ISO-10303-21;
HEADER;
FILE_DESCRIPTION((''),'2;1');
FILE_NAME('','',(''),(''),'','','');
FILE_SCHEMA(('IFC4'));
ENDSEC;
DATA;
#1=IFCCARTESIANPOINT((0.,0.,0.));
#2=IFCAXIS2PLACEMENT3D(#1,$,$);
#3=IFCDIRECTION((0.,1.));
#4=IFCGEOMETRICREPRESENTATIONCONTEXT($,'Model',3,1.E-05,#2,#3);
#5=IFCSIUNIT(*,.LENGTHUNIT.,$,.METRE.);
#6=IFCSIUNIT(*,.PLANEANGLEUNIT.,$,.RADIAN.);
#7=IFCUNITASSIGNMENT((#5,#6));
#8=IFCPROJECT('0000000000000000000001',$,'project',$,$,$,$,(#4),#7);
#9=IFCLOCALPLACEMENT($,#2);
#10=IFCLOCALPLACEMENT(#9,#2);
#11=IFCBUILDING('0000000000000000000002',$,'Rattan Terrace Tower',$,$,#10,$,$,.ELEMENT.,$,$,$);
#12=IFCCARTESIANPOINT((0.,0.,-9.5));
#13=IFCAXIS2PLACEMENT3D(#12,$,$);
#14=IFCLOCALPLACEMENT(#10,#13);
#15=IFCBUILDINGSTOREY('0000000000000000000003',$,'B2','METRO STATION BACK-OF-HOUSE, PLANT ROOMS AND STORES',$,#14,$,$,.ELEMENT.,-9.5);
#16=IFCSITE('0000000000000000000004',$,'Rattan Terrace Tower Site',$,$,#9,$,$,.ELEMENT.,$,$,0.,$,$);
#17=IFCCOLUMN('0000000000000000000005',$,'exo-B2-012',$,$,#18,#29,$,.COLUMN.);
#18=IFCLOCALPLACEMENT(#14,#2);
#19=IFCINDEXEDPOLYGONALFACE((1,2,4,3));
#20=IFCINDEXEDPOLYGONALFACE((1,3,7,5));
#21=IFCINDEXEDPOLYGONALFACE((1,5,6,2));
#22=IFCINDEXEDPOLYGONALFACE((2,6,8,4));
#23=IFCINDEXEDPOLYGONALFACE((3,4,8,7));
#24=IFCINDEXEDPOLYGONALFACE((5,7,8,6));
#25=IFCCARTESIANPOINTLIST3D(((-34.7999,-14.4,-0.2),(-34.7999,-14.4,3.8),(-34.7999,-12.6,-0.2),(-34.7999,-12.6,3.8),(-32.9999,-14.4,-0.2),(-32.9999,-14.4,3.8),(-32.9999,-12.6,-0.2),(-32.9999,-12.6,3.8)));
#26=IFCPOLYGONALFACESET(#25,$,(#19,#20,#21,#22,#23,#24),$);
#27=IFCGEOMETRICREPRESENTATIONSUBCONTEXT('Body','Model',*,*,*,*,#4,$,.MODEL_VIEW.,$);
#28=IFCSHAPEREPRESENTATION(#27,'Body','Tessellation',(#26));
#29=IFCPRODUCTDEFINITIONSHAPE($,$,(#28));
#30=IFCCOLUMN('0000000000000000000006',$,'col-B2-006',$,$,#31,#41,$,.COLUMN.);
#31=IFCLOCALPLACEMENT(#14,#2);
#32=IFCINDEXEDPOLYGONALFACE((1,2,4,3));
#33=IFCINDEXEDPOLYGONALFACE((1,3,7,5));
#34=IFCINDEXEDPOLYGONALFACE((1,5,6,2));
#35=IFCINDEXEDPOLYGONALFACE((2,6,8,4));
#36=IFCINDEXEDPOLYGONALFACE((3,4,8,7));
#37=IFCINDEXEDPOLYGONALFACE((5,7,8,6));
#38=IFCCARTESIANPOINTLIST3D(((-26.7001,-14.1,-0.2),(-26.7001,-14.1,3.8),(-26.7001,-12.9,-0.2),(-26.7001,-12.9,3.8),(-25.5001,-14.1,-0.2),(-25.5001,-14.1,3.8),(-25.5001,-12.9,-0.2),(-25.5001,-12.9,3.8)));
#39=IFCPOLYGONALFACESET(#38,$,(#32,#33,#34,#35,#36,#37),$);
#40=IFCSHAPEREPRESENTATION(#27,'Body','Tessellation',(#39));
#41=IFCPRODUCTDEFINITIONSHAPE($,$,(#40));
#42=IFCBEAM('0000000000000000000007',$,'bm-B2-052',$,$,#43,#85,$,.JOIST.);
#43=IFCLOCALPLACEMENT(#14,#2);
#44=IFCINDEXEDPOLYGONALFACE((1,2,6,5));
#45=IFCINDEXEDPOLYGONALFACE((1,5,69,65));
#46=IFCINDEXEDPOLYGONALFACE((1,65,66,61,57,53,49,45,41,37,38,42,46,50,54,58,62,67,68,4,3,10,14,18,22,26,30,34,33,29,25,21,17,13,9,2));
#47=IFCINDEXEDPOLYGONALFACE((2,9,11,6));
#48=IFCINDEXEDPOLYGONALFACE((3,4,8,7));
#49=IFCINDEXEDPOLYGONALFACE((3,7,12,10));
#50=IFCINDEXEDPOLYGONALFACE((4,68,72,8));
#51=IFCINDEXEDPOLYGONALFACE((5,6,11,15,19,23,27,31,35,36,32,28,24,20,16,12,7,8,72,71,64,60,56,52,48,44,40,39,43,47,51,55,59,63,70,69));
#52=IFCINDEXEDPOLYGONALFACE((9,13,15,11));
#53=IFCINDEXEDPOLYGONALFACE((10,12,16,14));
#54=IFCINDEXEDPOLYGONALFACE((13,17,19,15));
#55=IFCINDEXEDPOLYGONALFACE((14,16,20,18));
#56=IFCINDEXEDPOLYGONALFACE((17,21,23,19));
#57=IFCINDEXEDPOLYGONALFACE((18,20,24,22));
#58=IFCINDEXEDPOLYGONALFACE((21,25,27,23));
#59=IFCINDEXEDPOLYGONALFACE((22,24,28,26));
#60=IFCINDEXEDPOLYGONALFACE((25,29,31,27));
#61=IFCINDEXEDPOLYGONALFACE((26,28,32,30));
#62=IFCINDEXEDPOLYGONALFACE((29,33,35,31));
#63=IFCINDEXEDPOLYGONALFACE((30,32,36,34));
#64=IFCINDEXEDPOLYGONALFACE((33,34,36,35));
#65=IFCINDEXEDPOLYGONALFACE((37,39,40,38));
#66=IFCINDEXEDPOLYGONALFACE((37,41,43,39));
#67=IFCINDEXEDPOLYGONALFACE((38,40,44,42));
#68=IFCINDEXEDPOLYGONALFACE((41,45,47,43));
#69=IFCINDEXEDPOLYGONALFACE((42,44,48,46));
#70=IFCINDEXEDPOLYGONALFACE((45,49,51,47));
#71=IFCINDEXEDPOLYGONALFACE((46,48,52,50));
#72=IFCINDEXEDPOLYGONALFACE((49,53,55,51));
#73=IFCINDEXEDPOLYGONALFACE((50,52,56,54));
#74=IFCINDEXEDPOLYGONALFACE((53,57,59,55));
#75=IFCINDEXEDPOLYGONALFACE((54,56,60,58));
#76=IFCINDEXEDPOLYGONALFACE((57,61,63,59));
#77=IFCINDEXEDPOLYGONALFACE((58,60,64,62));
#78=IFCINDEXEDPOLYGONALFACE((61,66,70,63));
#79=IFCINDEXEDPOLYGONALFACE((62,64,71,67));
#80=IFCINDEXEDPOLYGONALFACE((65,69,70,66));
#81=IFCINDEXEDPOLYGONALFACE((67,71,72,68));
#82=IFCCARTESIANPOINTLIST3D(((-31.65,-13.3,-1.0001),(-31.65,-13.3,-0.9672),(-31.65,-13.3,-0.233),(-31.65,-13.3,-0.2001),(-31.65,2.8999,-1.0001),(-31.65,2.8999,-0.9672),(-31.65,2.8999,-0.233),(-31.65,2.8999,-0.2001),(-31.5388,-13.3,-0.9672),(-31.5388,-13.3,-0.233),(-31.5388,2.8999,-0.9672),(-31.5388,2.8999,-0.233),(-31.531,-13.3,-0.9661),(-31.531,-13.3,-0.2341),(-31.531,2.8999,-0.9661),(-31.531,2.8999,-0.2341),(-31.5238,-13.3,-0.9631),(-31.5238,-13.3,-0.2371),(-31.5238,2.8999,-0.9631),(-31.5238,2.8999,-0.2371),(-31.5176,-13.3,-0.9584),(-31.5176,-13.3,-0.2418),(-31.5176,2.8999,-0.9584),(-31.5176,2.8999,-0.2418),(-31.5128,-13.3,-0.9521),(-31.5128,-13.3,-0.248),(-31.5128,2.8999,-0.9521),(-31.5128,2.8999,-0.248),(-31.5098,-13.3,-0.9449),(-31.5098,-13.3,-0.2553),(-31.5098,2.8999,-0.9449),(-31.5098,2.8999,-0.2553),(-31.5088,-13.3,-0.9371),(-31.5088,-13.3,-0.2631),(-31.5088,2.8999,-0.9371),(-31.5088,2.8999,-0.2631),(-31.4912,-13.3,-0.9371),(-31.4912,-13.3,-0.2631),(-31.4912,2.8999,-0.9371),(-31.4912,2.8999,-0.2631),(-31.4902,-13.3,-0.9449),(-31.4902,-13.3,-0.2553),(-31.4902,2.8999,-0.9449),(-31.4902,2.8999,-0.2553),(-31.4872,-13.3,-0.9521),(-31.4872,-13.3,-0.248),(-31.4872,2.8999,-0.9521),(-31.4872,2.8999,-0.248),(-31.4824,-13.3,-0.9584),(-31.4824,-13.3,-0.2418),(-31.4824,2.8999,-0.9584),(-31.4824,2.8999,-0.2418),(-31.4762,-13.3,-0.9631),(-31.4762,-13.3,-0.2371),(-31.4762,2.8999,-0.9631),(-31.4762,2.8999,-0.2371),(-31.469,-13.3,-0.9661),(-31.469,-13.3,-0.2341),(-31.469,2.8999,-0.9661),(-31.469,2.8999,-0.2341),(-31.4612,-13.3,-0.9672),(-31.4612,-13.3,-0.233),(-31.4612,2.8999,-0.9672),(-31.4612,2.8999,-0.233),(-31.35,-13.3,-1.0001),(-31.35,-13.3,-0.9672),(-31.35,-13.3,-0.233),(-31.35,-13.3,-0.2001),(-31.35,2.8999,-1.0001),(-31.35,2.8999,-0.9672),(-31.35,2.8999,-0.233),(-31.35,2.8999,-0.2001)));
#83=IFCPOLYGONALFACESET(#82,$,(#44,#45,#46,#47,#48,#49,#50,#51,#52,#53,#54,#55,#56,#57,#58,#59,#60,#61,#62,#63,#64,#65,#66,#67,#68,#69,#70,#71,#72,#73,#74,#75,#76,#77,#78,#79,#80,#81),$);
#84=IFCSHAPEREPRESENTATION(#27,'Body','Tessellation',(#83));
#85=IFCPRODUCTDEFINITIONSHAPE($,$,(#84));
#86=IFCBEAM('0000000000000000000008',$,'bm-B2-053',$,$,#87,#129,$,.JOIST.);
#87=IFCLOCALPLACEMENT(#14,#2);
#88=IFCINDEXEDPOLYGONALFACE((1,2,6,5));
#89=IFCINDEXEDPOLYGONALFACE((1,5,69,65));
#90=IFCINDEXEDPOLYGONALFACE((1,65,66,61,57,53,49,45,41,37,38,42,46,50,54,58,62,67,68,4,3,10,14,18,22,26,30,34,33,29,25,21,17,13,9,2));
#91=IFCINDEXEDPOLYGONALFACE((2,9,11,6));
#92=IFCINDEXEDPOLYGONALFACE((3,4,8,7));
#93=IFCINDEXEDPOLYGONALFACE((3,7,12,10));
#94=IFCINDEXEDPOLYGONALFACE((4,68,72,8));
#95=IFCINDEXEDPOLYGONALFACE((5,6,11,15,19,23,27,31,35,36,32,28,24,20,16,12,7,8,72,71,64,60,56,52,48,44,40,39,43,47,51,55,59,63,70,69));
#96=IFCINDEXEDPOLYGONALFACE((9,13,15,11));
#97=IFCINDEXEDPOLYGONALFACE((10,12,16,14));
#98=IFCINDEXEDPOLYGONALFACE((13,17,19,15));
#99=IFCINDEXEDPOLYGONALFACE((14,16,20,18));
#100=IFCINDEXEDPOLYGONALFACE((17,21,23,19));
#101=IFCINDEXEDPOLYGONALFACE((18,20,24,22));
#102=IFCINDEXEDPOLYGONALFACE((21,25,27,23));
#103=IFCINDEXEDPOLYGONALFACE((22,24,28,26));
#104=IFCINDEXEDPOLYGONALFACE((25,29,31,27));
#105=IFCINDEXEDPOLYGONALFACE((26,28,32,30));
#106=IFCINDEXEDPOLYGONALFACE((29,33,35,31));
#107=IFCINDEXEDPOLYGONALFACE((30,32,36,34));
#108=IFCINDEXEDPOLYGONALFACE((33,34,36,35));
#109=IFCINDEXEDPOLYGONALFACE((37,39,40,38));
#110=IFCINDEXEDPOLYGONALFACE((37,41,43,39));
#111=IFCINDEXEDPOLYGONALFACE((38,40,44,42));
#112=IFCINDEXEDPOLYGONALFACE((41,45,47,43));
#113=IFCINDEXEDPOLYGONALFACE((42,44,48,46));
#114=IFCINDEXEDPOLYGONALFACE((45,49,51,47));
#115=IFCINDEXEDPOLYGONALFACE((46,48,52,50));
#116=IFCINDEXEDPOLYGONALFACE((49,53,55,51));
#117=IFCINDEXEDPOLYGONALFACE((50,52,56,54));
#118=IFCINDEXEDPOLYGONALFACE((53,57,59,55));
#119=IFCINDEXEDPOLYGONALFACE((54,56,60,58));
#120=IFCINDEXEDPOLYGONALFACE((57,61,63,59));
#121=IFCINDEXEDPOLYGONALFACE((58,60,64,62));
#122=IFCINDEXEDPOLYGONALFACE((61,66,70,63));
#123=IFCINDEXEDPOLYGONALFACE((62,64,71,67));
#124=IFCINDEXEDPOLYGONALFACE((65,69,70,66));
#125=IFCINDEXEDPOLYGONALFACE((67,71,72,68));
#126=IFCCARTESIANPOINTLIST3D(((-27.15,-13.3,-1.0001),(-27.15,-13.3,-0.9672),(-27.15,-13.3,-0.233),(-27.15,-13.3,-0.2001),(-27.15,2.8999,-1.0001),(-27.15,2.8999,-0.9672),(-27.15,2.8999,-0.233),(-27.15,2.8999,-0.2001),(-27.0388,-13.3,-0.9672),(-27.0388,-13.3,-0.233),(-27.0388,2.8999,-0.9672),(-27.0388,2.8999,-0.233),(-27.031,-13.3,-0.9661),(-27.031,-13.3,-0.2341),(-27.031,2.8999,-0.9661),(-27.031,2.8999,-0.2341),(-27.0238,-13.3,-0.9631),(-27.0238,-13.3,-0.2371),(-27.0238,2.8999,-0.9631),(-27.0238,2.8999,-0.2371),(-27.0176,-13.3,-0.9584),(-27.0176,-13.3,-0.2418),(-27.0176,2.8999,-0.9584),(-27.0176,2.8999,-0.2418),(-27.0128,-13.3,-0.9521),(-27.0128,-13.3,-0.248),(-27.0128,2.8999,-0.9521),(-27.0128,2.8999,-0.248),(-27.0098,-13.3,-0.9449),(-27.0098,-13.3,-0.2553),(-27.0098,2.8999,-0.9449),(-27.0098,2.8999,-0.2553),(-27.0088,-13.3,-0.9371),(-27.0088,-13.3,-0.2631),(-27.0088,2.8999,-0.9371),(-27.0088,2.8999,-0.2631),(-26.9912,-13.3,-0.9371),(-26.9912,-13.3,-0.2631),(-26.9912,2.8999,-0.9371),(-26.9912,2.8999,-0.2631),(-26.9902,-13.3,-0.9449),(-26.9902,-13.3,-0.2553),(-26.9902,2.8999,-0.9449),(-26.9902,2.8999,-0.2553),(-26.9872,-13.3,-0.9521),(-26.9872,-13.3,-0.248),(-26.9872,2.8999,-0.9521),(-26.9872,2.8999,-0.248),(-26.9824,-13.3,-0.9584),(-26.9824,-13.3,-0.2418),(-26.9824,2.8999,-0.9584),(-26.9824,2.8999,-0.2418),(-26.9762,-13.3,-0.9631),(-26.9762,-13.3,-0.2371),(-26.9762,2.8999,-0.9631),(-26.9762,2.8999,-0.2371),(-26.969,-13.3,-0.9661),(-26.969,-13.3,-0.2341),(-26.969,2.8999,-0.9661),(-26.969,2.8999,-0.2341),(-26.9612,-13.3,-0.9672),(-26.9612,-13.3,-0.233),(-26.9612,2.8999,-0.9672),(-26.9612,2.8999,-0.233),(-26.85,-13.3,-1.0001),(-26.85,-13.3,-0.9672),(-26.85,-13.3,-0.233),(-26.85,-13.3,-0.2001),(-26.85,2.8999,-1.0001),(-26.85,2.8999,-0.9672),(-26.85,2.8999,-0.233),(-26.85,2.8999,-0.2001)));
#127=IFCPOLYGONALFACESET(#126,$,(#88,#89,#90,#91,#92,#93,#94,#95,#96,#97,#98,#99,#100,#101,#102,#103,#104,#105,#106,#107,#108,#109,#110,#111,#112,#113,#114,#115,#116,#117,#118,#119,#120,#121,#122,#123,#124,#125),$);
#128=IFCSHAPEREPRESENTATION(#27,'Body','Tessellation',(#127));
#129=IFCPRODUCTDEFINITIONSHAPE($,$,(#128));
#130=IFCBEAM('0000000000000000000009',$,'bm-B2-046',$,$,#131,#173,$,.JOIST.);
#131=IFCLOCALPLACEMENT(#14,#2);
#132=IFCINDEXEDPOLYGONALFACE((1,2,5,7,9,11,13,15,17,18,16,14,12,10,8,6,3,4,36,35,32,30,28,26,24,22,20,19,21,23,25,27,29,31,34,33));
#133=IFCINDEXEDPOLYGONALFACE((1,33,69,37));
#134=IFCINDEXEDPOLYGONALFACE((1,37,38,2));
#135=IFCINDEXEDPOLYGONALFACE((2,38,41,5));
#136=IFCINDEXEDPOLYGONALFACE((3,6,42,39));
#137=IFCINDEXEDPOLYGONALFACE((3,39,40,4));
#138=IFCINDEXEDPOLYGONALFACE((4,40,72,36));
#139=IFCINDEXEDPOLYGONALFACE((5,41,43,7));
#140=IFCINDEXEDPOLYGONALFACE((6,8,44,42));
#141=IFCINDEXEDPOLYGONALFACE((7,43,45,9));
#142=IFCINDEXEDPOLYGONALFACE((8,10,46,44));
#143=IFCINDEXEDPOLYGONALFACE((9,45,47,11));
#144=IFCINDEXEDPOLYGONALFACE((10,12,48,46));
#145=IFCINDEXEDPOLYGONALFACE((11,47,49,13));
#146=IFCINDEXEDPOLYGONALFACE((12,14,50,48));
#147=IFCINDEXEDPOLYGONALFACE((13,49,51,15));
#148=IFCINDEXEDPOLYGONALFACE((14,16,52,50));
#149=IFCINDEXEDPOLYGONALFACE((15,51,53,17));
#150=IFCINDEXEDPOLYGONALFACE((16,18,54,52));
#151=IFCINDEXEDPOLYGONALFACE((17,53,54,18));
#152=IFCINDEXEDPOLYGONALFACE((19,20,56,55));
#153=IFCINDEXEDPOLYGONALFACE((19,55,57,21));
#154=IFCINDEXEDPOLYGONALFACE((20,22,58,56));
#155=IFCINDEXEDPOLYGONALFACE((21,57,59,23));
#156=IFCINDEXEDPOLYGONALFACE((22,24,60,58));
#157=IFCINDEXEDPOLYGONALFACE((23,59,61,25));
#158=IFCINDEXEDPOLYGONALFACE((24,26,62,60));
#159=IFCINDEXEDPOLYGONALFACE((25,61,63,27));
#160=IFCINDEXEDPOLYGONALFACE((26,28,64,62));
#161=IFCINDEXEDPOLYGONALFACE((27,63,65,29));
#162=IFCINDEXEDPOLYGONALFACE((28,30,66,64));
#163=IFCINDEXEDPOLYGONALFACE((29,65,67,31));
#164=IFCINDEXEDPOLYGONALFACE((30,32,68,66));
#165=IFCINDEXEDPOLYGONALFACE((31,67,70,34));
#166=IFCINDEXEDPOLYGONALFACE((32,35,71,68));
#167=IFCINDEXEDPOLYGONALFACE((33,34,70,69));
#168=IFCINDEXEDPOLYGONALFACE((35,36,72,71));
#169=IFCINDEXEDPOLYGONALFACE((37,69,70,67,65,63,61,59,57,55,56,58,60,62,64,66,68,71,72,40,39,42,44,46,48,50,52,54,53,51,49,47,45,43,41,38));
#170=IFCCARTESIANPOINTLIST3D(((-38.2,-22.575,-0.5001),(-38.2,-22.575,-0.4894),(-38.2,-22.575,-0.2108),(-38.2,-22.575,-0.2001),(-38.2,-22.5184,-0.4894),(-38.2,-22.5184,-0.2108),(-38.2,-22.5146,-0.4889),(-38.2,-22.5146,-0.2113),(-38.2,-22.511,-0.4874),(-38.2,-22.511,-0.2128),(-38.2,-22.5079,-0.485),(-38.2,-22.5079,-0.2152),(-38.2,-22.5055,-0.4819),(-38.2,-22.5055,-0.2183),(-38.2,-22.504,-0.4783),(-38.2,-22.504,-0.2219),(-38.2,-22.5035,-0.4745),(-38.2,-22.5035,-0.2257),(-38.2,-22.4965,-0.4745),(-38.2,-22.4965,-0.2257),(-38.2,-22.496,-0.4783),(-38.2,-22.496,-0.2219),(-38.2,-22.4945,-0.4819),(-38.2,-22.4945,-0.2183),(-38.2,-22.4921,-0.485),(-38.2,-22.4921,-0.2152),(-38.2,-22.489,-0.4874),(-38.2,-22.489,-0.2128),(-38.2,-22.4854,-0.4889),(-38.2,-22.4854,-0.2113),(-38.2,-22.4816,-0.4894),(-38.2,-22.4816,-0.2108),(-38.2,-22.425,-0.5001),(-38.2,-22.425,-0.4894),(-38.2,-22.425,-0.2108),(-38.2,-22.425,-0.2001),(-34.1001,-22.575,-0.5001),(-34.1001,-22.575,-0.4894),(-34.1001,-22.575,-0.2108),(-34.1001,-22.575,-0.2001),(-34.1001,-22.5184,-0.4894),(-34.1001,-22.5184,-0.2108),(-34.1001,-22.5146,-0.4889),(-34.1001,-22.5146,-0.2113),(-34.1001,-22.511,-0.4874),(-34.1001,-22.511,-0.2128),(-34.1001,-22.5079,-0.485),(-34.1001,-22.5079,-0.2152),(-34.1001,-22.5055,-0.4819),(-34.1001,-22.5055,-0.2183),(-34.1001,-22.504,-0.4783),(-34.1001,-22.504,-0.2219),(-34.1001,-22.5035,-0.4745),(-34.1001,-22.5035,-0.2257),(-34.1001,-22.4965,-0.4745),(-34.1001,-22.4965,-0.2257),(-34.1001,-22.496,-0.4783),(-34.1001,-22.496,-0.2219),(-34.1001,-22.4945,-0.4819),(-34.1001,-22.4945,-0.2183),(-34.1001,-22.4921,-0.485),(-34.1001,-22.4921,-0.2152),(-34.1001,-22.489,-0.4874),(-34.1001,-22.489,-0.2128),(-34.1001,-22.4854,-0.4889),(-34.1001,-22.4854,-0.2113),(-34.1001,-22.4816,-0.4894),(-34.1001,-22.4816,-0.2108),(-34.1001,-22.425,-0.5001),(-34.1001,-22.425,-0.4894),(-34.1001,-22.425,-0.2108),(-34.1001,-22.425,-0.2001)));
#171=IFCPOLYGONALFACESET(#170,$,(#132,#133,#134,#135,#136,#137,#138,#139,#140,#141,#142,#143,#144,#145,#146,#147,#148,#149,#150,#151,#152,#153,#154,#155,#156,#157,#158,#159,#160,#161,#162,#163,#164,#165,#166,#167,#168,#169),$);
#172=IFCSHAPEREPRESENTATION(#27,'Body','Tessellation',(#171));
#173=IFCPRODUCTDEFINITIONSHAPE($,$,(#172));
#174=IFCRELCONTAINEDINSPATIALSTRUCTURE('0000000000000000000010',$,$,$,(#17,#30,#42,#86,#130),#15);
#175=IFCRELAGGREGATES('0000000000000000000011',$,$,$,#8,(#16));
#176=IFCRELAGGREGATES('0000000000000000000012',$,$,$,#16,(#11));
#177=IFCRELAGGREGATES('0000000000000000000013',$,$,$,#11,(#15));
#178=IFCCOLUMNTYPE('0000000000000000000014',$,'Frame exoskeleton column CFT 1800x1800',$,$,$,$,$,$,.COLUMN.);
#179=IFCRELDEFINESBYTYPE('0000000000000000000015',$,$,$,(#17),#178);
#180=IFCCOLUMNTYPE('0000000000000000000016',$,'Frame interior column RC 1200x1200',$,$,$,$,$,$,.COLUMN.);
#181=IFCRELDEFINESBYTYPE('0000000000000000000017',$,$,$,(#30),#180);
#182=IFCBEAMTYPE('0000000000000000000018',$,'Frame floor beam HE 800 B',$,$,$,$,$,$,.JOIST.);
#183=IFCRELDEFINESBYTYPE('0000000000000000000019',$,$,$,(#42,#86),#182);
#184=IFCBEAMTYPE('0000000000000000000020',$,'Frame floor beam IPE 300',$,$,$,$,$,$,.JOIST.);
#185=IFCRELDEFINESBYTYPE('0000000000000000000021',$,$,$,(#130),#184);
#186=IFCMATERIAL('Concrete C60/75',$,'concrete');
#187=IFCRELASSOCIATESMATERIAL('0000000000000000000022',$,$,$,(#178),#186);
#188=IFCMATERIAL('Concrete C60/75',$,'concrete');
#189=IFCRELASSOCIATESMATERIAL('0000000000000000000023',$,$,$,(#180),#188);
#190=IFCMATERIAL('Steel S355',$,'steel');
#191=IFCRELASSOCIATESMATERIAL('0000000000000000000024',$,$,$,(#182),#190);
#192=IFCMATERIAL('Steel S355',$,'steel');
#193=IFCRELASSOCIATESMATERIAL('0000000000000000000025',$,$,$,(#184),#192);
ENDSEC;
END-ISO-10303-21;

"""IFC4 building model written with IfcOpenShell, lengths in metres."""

from ifc_helpers import new_model, si_unit, direction, frame, origin, origin_2d, place, context, subcontext, project, spatial, rectangle, i_section, extrude, material, material_profile, profile_set, type_object, element, save


model = new_model("IFC4")

# Units and contexts
model_context = context("Model", 3, precision=1e-05, world=origin(), true_north=direction((0.0, 1.0)))
body_context = subcontext(model_context, "Body", "Model", "MODEL_VIEW")
ifc_project = project(units=[si_unit("LENGTHUNIT", "METRE"), si_unit("PLANEANGLEUNIT", "RADIAN")], contexts=[model_context])

# Site, building, storey
site_placement = place(None, origin())
site = spatial("IfcSite", under=ifc_project, at=site_placement, Name="Rattan Terrace Tower Site", CompositionType="ELEMENT", RefElevation=0.0)
building_placement = place(site_placement, origin())
building = spatial("IfcBuilding", under=site, at=building_placement, Name="Rattan Terrace Tower", CompositionType="ELEMENT")
storey_placement = place(building_placement, frame((0.0, 0.0, -9.5)))
storey = spatial("IfcBuildingStorey", under=building, at=storey_placement, Name="B2", Description="METRO STATION BACK-OF-HOUSE, PLANT ROOMS AND STORES", CompositionType="ELEMENT", Elevation=-9.5)

# Columns
ifc_material_1 = material(Name="Concrete C60/75", Category="concrete")
ifc_material_profile_1 = material_profile(ifc_material_1, rectangle(XDim=1.8, YDim=1.8, at=origin_2d()), Name="CFT 1800x1800")
ifc_profile_set_1 = profile_set([ifc_material_profile_1], Name="Concrete C60/75")
column_type_1 = type_object("IfcColumnType", Name="Frame exoskeleton column CFT 1800x1800", PredefinedType="COLUMN", material=ifc_profile_set_1)
column_1_placement = place(storey_placement, frame((-33.8999, -13.5, -0.2), z_axis=(0.0, 0.0, 1.0), x_axis=(0.0, 1.0, 0.0)))
element("IfcColumn", 1, at=column_1_placement, inside=storey, type_object=column_type_1, Name="exo-B2-012", PredefinedType="COLUMN", context=body_context, shape_type="SweptSolid", body=[
    extrude(rectangle(XDim=1.8, YDim=1.8, at=origin_2d()), origin(), (0.0, 0.0, 1.0), 4.0),
])
ifc_material_2 = material(Name="Concrete C60/75", Category="concrete")
ifc_material_profile_2 = material_profile(ifc_material_2, rectangle(XDim=1.2, YDim=1.2, at=origin_2d()), Name="RC 1200x1200")
ifc_profile_set_2 = profile_set([ifc_material_profile_2], Name="Concrete C60/75")
column_type_2 = type_object("IfcColumnType", Name="Frame interior column RC 1200x1200", PredefinedType="COLUMN", material=ifc_profile_set_2)
column_2_placement = place(storey_placement, frame((-26.1001, -13.5, -0.2), z_axis=(0.0, 0.0, 1.0), x_axis=(1.0, 0.0, 0.0)))
element("IfcColumn", 2, at=column_2_placement, inside=storey, type_object=column_type_2, Name="col-B2-006", PredefinedType="COLUMN", context=body_context, shape_type="SweptSolid", body=[
    extrude(rectangle(XDim=1.2, YDim=1.2, at=origin_2d()), origin(), (0.0, 0.0, 1.0), 4.0),
])

# Beams
ifc_material_3 = material(Name="Steel S355", Category="steel")
ifc_material_profile_3 = material_profile(ifc_material_3, i_section(OverallWidth=0.3, OverallDepth=0.8, WebThickness=0.0176, FlangeThickness=0.033, FilletRadius=0.03, at=origin_2d()), Name="HE 800 B")
ifc_profile_set_3 = profile_set([ifc_material_profile_3], Name="Steel S355")
beam_type_1 = type_object("IfcBeamType", Name="Frame floor beam HE 800 B", PredefinedType="JOIST", material=ifc_profile_set_3)
for number, where, z_axis, x_axis, name in (
    (3, (-31.5, -13.3, -0.6001), (0.0, 1.0, 0.0), (-1.0, 0.0, 0.0), "bm-B2-052"),
    (4, (-27.0, -13.3, -0.6001), (0.0, 1.0, 0.0), (-1.0, 0.0, 0.0), "bm-B2-053"),
):
    element("IfcBeam", number, at=place(storey_placement, frame(where, z_axis=z_axis, x_axis=x_axis)), inside=storey, type_object=beam_type_1, Name=name, PredefinedType="JOIST", context=body_context, shape_type="SweptSolid", body=[
        extrude(i_section(OverallWidth=0.3, OverallDepth=0.8, WebThickness=0.0176, FlangeThickness=0.033, FilletRadius=0.03, at=origin_2d()), origin(), (0.0, 0.0, 1.0), 16.2),
    ])
ifc_material_4 = material(Name="Steel S355", Category="steel")
ifc_material_profile_4 = material_profile(ifc_material_4, i_section(OverallWidth=0.1499, OverallDepth=0.3, WebThickness=0.0071, FlangeThickness=0.0107, FilletRadius=0.0149, at=origin_2d()), Name="IPE 300")
ifc_profile_set_4 = profile_set([ifc_material_profile_4], Name="Steel S355")
beam_type_2 = type_object("IfcBeamType", Name="Frame floor beam IPE 300", PredefinedType="JOIST", material=ifc_profile_set_4)
for number, where, z_axis, x_axis, name in (
    (5, (-38.2, -22.5, -0.3501), (1.0, 0.0, 0.0), (0.0, 1.0, 0.0), "bm-B2-046"),
):
    element("IfcBeam", number, at=place(storey_placement, frame(where, z_axis=z_axis, x_axis=x_axis)), inside=storey, type_object=beam_type_2, Name=name, PredefinedType="JOIST", context=body_context, shape_type="SweptSolid", body=[
        extrude(i_section(OverallWidth=0.1499, OverallDepth=0.3, WebThickness=0.0071, FlangeThickness=0.0107, FilletRadius=0.0149, at=origin_2d()), origin(), (0.0, 0.0, 1.0), 4.0999),
    ])

save(model, "model.ifc")
